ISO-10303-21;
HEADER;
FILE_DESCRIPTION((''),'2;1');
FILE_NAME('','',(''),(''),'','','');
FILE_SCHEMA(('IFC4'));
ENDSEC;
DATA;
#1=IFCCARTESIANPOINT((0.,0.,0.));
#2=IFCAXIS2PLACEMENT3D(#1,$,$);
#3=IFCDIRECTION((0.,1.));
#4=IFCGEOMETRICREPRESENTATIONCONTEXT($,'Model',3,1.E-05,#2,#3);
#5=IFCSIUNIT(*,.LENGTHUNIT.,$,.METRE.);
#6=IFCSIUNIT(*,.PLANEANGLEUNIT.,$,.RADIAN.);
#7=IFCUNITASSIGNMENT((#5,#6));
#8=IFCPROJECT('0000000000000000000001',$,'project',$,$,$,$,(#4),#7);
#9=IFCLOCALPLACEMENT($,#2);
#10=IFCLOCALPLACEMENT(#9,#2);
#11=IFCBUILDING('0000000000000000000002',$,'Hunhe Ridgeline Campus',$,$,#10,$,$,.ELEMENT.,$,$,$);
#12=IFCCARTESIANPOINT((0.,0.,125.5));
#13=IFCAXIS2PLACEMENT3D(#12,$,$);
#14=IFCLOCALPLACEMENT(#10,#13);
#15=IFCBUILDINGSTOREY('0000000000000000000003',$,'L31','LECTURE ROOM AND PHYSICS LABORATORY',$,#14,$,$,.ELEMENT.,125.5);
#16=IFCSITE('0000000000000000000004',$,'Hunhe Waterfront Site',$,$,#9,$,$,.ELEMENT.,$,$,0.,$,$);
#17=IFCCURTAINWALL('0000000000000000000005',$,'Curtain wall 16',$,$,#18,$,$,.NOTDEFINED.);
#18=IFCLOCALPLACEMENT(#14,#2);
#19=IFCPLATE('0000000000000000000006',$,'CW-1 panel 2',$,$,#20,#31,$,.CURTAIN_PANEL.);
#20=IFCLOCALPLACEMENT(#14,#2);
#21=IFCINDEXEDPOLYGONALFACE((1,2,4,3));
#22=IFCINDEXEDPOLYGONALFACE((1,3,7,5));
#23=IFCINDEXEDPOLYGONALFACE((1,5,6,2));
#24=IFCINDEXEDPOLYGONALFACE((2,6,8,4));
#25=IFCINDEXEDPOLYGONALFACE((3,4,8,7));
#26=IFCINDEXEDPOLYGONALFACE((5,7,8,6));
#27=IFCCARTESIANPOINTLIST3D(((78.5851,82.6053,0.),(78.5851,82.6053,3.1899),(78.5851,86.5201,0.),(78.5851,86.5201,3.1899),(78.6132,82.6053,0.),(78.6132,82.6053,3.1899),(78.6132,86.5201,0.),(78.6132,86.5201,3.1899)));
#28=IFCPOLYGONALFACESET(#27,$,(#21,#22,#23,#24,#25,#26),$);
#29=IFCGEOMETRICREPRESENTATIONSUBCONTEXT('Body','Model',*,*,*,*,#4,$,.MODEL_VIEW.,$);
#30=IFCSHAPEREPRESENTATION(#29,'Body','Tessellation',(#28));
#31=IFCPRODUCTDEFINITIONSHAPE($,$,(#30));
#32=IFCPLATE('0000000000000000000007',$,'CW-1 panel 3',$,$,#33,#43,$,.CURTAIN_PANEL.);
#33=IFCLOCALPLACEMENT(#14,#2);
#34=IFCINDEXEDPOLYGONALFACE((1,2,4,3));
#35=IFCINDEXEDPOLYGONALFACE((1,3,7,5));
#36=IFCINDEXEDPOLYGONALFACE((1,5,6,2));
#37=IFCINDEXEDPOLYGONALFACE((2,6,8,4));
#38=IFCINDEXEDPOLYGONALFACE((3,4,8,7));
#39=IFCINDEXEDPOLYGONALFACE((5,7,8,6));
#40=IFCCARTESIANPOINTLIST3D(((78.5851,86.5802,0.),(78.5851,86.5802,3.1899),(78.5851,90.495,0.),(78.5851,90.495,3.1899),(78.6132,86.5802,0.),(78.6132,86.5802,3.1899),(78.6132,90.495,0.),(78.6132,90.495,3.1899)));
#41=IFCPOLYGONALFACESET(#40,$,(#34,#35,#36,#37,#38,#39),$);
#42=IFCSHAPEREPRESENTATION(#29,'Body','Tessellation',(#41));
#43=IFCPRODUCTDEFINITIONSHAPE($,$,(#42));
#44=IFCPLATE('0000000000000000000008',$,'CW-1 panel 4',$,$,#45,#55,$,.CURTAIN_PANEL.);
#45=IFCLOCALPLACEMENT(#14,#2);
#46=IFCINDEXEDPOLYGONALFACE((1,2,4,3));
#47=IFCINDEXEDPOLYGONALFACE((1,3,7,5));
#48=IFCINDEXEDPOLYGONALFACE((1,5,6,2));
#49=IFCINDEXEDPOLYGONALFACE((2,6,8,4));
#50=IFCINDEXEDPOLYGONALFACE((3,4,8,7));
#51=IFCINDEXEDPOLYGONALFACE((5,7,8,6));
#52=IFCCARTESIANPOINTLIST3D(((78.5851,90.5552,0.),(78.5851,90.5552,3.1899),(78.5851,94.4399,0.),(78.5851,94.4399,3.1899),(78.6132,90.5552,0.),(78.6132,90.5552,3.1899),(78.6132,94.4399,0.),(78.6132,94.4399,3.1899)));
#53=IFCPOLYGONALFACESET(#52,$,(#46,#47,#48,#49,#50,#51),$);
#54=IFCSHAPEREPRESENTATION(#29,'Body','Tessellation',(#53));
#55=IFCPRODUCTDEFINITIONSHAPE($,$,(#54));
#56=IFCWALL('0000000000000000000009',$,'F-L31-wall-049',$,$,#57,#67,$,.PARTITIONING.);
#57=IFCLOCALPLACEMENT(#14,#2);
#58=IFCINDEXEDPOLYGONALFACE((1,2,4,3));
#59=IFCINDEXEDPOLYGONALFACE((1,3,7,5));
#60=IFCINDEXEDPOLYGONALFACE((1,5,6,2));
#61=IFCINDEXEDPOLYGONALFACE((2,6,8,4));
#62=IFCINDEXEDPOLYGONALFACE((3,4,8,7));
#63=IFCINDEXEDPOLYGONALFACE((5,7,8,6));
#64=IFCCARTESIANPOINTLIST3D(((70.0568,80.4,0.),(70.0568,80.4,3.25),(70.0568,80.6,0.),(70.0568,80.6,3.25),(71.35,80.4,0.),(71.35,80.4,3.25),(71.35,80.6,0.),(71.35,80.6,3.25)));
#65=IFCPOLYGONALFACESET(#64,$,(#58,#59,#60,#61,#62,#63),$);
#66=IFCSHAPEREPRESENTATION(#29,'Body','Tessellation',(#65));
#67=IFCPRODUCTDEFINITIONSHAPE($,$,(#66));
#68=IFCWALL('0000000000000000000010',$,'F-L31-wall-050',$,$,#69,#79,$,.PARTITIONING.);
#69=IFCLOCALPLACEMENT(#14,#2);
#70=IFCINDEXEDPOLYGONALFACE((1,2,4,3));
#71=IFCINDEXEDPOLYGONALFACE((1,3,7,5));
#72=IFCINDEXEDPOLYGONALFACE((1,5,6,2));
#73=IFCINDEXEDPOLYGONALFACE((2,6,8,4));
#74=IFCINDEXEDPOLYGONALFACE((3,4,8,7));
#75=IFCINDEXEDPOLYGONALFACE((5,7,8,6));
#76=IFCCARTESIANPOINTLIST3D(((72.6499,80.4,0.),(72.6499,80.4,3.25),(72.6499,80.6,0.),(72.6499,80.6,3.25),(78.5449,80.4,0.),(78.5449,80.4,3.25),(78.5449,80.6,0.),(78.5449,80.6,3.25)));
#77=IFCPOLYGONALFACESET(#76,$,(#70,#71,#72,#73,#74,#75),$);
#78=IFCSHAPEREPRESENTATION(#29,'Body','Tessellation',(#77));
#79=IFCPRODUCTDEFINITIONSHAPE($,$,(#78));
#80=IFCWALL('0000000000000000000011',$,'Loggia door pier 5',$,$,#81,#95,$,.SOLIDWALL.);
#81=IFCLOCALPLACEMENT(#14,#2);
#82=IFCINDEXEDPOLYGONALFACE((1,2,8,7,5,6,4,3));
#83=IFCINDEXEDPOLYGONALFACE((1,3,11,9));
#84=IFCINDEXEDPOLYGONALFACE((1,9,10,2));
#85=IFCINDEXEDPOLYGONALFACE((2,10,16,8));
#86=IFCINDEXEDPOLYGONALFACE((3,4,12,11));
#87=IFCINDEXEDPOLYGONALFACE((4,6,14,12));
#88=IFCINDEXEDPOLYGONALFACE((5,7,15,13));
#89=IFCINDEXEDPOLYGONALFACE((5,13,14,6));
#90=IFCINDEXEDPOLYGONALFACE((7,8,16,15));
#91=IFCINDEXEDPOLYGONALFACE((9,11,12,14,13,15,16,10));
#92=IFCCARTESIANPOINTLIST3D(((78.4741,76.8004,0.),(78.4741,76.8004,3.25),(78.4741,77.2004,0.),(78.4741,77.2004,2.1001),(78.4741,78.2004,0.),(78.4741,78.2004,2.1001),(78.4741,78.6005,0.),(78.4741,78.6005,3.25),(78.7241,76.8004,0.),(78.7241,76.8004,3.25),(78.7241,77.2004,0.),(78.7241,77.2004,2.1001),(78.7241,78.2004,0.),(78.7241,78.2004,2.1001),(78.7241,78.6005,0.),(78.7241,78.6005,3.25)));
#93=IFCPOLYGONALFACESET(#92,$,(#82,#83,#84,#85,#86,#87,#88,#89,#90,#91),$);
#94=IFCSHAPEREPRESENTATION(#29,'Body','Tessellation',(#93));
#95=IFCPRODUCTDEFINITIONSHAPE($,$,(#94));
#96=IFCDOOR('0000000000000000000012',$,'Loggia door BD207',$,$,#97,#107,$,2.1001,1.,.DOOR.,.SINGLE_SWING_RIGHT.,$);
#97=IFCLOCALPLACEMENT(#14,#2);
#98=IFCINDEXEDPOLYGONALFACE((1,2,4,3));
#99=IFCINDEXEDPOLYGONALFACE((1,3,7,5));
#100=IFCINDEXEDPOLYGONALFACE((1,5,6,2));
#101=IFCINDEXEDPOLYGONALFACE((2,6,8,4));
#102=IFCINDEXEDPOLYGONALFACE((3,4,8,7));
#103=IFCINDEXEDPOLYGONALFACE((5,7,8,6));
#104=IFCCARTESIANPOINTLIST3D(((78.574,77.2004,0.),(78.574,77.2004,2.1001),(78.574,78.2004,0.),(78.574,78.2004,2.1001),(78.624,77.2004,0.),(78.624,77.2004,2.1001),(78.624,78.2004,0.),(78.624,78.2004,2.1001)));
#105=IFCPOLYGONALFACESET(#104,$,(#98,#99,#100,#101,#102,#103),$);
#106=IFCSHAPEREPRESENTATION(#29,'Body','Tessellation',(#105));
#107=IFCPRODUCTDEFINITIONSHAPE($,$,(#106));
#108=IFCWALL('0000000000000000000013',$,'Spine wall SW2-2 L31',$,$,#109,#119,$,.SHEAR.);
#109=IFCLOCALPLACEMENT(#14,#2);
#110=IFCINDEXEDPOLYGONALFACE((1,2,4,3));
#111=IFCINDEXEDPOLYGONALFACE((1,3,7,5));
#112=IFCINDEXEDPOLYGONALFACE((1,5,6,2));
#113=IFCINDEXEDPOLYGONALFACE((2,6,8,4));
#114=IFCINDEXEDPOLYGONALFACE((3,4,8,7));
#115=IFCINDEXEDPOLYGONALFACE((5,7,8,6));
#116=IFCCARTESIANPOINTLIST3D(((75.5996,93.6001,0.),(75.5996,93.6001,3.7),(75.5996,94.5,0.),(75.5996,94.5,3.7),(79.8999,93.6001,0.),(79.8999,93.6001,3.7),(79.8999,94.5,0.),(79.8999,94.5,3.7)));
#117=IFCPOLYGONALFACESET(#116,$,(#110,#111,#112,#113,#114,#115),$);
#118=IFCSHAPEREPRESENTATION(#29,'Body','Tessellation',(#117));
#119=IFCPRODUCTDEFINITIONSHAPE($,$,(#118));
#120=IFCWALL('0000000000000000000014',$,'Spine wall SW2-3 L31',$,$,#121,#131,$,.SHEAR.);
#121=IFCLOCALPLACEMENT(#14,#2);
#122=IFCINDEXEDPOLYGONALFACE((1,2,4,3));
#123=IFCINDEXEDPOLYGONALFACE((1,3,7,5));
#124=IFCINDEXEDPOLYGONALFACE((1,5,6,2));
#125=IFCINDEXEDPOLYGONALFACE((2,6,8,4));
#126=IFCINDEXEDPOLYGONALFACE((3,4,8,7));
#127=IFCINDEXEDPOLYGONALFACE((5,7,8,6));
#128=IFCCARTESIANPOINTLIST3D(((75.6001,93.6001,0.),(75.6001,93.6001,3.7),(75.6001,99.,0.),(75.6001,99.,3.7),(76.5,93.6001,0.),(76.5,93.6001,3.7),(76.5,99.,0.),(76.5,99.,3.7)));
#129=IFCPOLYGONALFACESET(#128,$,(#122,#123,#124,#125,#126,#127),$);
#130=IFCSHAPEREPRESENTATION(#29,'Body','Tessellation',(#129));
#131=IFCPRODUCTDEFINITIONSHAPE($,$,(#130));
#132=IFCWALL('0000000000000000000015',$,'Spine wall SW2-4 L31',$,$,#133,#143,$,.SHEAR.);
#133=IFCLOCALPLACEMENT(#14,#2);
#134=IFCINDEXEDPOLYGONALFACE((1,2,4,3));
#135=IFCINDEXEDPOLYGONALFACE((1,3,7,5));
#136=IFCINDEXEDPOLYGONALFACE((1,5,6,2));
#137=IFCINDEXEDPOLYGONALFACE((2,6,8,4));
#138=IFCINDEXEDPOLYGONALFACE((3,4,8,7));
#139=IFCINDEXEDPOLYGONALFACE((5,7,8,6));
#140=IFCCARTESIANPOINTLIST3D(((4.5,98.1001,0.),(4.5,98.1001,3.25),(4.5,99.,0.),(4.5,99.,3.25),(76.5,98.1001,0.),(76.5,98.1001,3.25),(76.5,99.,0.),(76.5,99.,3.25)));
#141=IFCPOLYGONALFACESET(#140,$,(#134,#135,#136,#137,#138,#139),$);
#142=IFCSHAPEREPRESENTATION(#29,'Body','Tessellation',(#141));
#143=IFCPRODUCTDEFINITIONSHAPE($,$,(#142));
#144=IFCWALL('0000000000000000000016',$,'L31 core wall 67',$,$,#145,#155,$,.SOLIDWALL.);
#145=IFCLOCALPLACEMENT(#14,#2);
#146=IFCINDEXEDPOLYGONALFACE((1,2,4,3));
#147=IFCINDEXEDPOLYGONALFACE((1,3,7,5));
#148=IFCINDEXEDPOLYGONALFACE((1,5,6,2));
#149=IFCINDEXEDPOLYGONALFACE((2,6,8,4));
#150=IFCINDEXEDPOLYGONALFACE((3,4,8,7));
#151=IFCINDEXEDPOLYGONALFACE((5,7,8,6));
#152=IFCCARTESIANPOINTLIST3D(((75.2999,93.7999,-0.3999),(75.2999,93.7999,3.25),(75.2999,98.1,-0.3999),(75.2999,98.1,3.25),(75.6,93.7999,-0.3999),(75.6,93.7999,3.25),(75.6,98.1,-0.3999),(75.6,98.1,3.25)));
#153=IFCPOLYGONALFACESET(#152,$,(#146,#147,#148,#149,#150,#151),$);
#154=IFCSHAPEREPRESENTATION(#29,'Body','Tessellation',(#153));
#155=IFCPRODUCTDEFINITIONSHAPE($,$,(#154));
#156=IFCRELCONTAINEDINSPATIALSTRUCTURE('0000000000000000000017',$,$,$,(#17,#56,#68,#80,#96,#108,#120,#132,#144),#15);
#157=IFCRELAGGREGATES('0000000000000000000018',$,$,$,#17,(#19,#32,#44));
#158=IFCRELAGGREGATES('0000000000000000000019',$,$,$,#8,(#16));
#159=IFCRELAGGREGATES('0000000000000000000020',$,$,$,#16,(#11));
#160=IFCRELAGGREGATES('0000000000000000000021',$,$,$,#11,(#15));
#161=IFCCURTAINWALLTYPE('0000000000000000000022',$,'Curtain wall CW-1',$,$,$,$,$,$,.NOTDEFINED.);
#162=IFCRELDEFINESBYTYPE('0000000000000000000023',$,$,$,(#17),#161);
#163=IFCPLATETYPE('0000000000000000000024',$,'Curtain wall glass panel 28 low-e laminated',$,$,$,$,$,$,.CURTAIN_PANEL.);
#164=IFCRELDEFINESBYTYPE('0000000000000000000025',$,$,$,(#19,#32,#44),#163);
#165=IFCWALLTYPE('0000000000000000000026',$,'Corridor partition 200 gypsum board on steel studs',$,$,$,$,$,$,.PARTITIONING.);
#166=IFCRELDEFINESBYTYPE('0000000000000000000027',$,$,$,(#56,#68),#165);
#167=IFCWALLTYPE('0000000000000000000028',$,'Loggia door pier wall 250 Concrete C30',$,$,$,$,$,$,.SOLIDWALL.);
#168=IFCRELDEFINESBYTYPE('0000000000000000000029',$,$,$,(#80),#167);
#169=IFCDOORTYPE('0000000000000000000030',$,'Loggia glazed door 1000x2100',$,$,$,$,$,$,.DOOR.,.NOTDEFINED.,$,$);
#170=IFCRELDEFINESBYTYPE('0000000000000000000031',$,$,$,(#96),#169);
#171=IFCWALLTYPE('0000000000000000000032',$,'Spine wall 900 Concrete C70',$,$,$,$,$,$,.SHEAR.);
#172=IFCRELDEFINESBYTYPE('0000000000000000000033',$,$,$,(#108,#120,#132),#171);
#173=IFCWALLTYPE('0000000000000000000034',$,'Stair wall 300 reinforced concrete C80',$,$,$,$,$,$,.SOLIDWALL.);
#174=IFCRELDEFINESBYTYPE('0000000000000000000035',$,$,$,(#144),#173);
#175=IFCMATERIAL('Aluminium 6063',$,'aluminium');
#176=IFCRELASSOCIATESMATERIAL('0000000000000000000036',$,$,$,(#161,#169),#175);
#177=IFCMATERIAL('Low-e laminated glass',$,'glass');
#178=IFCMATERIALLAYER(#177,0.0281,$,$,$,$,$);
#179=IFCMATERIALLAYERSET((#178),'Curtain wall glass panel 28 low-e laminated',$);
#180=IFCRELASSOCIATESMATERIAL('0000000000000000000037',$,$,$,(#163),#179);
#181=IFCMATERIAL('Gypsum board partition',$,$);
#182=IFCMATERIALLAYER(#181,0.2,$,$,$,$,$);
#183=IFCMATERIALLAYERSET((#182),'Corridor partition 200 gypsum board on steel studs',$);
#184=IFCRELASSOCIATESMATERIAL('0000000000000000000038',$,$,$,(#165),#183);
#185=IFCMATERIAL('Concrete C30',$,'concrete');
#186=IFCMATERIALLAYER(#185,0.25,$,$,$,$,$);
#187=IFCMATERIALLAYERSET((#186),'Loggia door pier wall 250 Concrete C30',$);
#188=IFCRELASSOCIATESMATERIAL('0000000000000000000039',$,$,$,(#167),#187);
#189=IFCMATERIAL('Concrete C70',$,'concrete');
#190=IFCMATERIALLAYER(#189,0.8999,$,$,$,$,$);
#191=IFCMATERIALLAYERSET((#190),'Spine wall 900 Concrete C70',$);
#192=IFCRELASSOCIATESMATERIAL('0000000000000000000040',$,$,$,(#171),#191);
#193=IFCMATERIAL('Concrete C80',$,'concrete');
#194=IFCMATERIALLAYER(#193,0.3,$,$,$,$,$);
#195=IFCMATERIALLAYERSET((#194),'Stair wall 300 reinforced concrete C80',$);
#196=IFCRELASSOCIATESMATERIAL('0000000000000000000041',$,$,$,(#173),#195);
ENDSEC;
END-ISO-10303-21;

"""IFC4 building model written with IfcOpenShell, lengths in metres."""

from ifc_helpers import new_model, si_unit, direction, frame, frame_2d, origin, origin_2d, place, context, subcontext, project, spatial, rectangle, extrude, material, layer, layer_set, type_object, element, fill, aggregate, save


model = new_model("IFC4")

# Units and contexts
model_context = context("Model", 3, precision=1e-05, world=origin(), true_north=direction((0.0, 1.0)))
body_context = subcontext(model_context, "Body", "Model", "MODEL_VIEW")
ifc_project = project(units=[si_unit("LENGTHUNIT", "METRE"), si_unit("PLANEANGLEUNIT", "RADIAN")], contexts=[model_context])

# Site, building, storey
site_placement = place(None, origin())
site = spatial("IfcSite", under=ifc_project, at=site_placement, Name="Hunhe Waterfront Site", CompositionType="ELEMENT", RefElevation=0.0)
building_placement = place(site_placement, origin())
building = spatial("IfcBuilding", under=site, at=building_placement, Name="Hunhe Ridgeline Campus", CompositionType="ELEMENT")
storey_placement = place(building_placement, frame((0.0, 0.0, 125.5)))
storey = spatial("IfcBuildingStorey", under=building, at=storey_placement, Name="L31", Description="LECTURE ROOM AND PHYSICS LABORATORY", CompositionType="ELEMENT", Elevation=125.5)

# Shared definitions
ifc_material_1 = material(Name="Concrete C70", Category="concrete")

# Curtain wall
ifc_material_2 = material(Name="Aluminium 6063", Category="aluminium")
curtain_wall_type = type_object("IfcCurtainWallType", Name="Curtain wall CW-1", PredefinedType="NOTDEFINED", material=ifc_material_2)
curtain_wall_placement = place(storey_placement, origin())
curtain_wall = element("IfcCurtainWall", 1, at=curtain_wall_placement, inside=storey, type_object=curtain_wall_type, Name="Curtain wall 16", PredefinedType="NOTDEFINED")

# Plates
ifc_material_3 = material(Name="Low-e laminated glass", Category="glass")
ifc_layer_1 = layer(ifc_material_3, 0.0281)
ifc_layer_set_1 = layer_set([ifc_layer_1], Name="Curtain wall glass panel 28 low-e laminated")
plate_type = type_object("IfcPlateType", Name="Curtain wall glass panel 28 low-e laminated", PredefinedType="CURTAIN_PANEL", material=ifc_layer_set_1)
plate_1_placement = place(storey_placement, frame((78.5991, 84.5627, 0.0), z_axis=(0.0, 0.0, 1.0), x_axis=(0.0, 1.0, 0.0)))
plate_1 = element("IfcPlate", 2, at=plate_1_placement, type_object=plate_type, Name="CW-1 panel 2", PredefinedType="CURTAIN_PANEL", context=body_context, shape_type="SweptSolid", body=[
    extrude(rectangle(XDim=3.9148, YDim=0.0281, at=origin_2d()), origin(), (0.0, 0.0, 1.0), 3.1899),
])
plate_2_placement = place(storey_placement, frame((78.5991, 88.5376, 0.0), z_axis=(0.0, 0.0, 1.0), x_axis=(0.0, 1.0, 0.0)))
plate_2 = element("IfcPlate", 3, at=plate_2_placement, type_object=plate_type, Name="CW-1 panel 3", PredefinedType="CURTAIN_PANEL", context=body_context, shape_type="SweptSolid", body=[
    extrude(rectangle(XDim=3.9148, YDim=0.0281, at=origin_2d()), origin(), (0.0, 0.0, 1.0), 3.1899),
])
plate_3_placement = place(storey_placement, frame((78.5991, 92.4976, 0.0), z_axis=(0.0, 0.0, 1.0), x_axis=(0.0, 1.0, 0.0)))
plate_3 = element("IfcPlate", 4, at=plate_3_placement, type_object=plate_type, Name="CW-1 panel 4", PredefinedType="CURTAIN_PANEL", context=body_context, shape_type="SweptSolid", body=[
    extrude(rectangle(XDim=3.8848, YDim=0.0281, at=origin_2d()), origin(), (0.0, 0.0, 1.0), 3.1899),
])
aggregate(curtain_wall, [plate_1, plate_2, plate_3])

# Walls
ifc_material_4 = material(Name="Gypsum board partition")
ifc_layer_2 = layer(ifc_material_4, 0.2)
ifc_layer_set_2 = layer_set([ifc_layer_2], Name="Corridor partition 200 gypsum board on steel studs")
wall_type_1 = type_object("IfcWallType", Name="Corridor partition 200 gypsum board on steel studs", PredefinedType="PARTITIONING", material=ifc_layer_set_2)
wall_1_placement = place(storey_placement, frame((70.0569, 80.5, 0.0), z_axis=(0.0, 0.0, 1.0), x_axis=(1.0, 0.0, 0.0)))
element("IfcWall", 5, at=wall_1_placement, inside=storey, type_object=wall_type_1, Name="F-L31-wall-049", PredefinedType="PARTITIONING", context=body_context, shape_type="SweptSolid", body=[
    extrude(rectangle(XDim=1.2932, YDim=0.2, at=frame_2d((0.6465, 0.0))), origin(), (0.0, 0.0, 1.0), 3.25),
])
wall_2_placement = place(storey_placement, frame((72.6499, 80.5, 0.0), z_axis=(0.0, 0.0, 1.0), x_axis=(1.0, 0.0, 0.0)))
element("IfcWall", 6, at=wall_2_placement, inside=storey, type_object=wall_type_1, Name="F-L31-wall-050", PredefinedType="PARTITIONING", context=body_context, shape_type="SweptSolid", body=[
    extrude(rectangle(XDim=5.895, YDim=0.2, at=frame_2d((2.9475, 0.0))), origin(), (0.0, 0.0, 1.0), 3.25),
])

# Wall, opening, door
ifc_material_5 = material(Name="Concrete C30", Category="concrete")
ifc_layer_3 = layer(ifc_material_5, 0.25)
ifc_layer_set_3 = layer_set([ifc_layer_3], Name="Loggia door pier wall 250 Concrete C30")
wall_type_2 = type_object("IfcWallType", Name="Loggia door pier wall 250 Concrete C30", PredefinedType="SOLIDWALL", material=ifc_layer_set_3)
wall_3_placement = place(storey_placement, frame((78.5991, 76.8005, 0.0), z_axis=(0.0, 0.0, 1.0), x_axis=(0.0, 1.0, 0.0)))
wall_3 = element("IfcWall", 7, at=wall_3_placement, inside=storey, type_object=wall_type_2, Name="Loggia door pier 5", PredefinedType="SOLIDWALL", context=body_context, shape_type="SweptSolid", body=[
    extrude(rectangle(XDim=1.8, YDim=0.25, at=frame_2d((0.8999, 0.0))), origin(), (0.0, 0.0, 1.0), 3.25),
])
opening_1_placement = place(wall_3_placement, frame((0.3999, 0.0, 0.0)))
opening_1 = element("IfcOpeningElement", 8, at=opening_1_placement, cuts=wall_3, PredefinedType="OPENING", context=body_context, shape_type="SweptSolid", body=[
    extrude(rectangle(XDim=1.0, YDim=2.1001, at=frame_2d((0.5, 1.05))), frame((0.0, 0.125, 0.0), z_axis=(0.0, -1.0, 0.0), x_axis=(1.0, 0.0, 0.0)), (0.0, 0.0, 1.0), 0.25),
])
door_type_1 = type_object("IfcDoorType", Name="Loggia glazed door 1000x2100", OperationType="NOTDEFINED", PredefinedType="DOOR", material=ifc_material_2)
door_1_placement = place(opening_1_placement, frame((1.0, 0.0, 0.0), z_axis=(0.0, 0.0, 1.0), x_axis=(-1.0, 0.0, 0.0)))
door_1 = element("IfcDoor", 9, at=door_1_placement, inside=storey, type_object=door_type_1, Name="Loggia door BD207", OperationType="SINGLE_SWING_RIGHT", OverallHeight=2.1001, OverallWidth=1.0, PredefinedType="DOOR", context=body_context, shape_type="SweptSolid", body=[
    extrude(rectangle(XDim=1.0, YDim=2.1001, at=frame_2d((0.5, 1.05))), frame((0.0, 0.0249, 0.0), z_axis=(0.0, -1.0, 0.0), x_axis=(1.0, 0.0, 0.0)), (0.0, 0.0, 1.0), 0.05),
])
fill(opening_1, door_1)

# Walls
ifc_layer_4 = layer(ifc_material_1, 0.8999)
ifc_layer_set_4 = layer_set([ifc_layer_4], Name="Spine wall 900 Concrete C70")
wall_type_3 = type_object("IfcWallType", Name="Spine wall 900 Concrete C70", PredefinedType="SHEAR", material=ifc_layer_set_4)
wall_4_placement = place(storey_placement, frame((79.8999, 94.05, 0.0), z_axis=(0.0, 0.0, 1.0), x_axis=(-1.0, 0.0, 0.0)))
element("IfcWall", 10, at=wall_4_placement, inside=storey, type_object=wall_type_3, Name="Spine wall SW2-2 L31", PredefinedType="SHEAR", context=body_context, shape_type="SweptSolid", body=[
    extrude(rectangle(XDim=4.3003, YDim=0.8999, at=frame_2d((2.1501, 0.0))), origin(), (0.0, 0.0, 1.0), 3.7),
])
wall_5_placement = place(storey_placement, frame((76.05, 93.6001, 0.0), z_axis=(0.0, 0.0, 1.0), x_axis=(0.0, 1.0, 0.0)))
element("IfcWall", 11, at=wall_5_placement, inside=storey, type_object=wall_type_3, Name="Spine wall SW2-3 L31", PredefinedType="SHEAR", context=body_context, shape_type="SweptSolid", body=[
    extrude(rectangle(XDim=5.3999, YDim=0.8999, at=frame_2d((2.7, 0.0))), origin(), (0.0, 0.0, 1.0), 3.7),
])
wall_6_placement = place(storey_placement, frame((76.5, 98.55, 0.0), z_axis=(0.0, 0.0, 1.0), x_axis=(-1.0, 0.0, 0.0)))
element("IfcWall", 12, at=wall_6_placement, inside=storey, type_object=wall_type_3, Name="Spine wall SW2-4 L31", PredefinedType="SHEAR", context=body_context, shape_type="SweptSolid", body=[
    extrude(rectangle(XDim=72.0, YDim=0.8999, at=frame_2d((36.0, 0.0))), origin(), (0.0, 0.0, 1.0), 3.25),
])
ifc_material_6 = material(Name="Concrete C80", Category="concrete")
ifc_layer_5 = layer(ifc_material_6, 0.3)
ifc_layer_set_5 = layer_set([ifc_layer_5], Name="Stair wall 300 reinforced concrete C80")
wall_type_4 = type_object("IfcWallType", Name="Stair wall 300 reinforced concrete C80", PredefinedType="SOLIDWALL", material=ifc_layer_set_5)
wall_7_placement = place(storey_placement, frame((75.45, 93.8, -0.3999), z_axis=(0.0, 0.0, 1.0), x_axis=(0.0, 1.0, 0.0)))
element("IfcWall", 13, at=wall_7_placement, inside=storey, type_object=wall_type_4, Name="L31 core wall 67", PredefinedType="SOLIDWALL", context=body_context, shape_type="SweptSolid", body=[
    extrude(rectangle(XDim=4.3, YDim=0.3, at=frame_2d((2.1499, 0.0))), origin(), (0.0, 0.0, 1.0), 3.6499),
])

save(model, "model.ifc")
